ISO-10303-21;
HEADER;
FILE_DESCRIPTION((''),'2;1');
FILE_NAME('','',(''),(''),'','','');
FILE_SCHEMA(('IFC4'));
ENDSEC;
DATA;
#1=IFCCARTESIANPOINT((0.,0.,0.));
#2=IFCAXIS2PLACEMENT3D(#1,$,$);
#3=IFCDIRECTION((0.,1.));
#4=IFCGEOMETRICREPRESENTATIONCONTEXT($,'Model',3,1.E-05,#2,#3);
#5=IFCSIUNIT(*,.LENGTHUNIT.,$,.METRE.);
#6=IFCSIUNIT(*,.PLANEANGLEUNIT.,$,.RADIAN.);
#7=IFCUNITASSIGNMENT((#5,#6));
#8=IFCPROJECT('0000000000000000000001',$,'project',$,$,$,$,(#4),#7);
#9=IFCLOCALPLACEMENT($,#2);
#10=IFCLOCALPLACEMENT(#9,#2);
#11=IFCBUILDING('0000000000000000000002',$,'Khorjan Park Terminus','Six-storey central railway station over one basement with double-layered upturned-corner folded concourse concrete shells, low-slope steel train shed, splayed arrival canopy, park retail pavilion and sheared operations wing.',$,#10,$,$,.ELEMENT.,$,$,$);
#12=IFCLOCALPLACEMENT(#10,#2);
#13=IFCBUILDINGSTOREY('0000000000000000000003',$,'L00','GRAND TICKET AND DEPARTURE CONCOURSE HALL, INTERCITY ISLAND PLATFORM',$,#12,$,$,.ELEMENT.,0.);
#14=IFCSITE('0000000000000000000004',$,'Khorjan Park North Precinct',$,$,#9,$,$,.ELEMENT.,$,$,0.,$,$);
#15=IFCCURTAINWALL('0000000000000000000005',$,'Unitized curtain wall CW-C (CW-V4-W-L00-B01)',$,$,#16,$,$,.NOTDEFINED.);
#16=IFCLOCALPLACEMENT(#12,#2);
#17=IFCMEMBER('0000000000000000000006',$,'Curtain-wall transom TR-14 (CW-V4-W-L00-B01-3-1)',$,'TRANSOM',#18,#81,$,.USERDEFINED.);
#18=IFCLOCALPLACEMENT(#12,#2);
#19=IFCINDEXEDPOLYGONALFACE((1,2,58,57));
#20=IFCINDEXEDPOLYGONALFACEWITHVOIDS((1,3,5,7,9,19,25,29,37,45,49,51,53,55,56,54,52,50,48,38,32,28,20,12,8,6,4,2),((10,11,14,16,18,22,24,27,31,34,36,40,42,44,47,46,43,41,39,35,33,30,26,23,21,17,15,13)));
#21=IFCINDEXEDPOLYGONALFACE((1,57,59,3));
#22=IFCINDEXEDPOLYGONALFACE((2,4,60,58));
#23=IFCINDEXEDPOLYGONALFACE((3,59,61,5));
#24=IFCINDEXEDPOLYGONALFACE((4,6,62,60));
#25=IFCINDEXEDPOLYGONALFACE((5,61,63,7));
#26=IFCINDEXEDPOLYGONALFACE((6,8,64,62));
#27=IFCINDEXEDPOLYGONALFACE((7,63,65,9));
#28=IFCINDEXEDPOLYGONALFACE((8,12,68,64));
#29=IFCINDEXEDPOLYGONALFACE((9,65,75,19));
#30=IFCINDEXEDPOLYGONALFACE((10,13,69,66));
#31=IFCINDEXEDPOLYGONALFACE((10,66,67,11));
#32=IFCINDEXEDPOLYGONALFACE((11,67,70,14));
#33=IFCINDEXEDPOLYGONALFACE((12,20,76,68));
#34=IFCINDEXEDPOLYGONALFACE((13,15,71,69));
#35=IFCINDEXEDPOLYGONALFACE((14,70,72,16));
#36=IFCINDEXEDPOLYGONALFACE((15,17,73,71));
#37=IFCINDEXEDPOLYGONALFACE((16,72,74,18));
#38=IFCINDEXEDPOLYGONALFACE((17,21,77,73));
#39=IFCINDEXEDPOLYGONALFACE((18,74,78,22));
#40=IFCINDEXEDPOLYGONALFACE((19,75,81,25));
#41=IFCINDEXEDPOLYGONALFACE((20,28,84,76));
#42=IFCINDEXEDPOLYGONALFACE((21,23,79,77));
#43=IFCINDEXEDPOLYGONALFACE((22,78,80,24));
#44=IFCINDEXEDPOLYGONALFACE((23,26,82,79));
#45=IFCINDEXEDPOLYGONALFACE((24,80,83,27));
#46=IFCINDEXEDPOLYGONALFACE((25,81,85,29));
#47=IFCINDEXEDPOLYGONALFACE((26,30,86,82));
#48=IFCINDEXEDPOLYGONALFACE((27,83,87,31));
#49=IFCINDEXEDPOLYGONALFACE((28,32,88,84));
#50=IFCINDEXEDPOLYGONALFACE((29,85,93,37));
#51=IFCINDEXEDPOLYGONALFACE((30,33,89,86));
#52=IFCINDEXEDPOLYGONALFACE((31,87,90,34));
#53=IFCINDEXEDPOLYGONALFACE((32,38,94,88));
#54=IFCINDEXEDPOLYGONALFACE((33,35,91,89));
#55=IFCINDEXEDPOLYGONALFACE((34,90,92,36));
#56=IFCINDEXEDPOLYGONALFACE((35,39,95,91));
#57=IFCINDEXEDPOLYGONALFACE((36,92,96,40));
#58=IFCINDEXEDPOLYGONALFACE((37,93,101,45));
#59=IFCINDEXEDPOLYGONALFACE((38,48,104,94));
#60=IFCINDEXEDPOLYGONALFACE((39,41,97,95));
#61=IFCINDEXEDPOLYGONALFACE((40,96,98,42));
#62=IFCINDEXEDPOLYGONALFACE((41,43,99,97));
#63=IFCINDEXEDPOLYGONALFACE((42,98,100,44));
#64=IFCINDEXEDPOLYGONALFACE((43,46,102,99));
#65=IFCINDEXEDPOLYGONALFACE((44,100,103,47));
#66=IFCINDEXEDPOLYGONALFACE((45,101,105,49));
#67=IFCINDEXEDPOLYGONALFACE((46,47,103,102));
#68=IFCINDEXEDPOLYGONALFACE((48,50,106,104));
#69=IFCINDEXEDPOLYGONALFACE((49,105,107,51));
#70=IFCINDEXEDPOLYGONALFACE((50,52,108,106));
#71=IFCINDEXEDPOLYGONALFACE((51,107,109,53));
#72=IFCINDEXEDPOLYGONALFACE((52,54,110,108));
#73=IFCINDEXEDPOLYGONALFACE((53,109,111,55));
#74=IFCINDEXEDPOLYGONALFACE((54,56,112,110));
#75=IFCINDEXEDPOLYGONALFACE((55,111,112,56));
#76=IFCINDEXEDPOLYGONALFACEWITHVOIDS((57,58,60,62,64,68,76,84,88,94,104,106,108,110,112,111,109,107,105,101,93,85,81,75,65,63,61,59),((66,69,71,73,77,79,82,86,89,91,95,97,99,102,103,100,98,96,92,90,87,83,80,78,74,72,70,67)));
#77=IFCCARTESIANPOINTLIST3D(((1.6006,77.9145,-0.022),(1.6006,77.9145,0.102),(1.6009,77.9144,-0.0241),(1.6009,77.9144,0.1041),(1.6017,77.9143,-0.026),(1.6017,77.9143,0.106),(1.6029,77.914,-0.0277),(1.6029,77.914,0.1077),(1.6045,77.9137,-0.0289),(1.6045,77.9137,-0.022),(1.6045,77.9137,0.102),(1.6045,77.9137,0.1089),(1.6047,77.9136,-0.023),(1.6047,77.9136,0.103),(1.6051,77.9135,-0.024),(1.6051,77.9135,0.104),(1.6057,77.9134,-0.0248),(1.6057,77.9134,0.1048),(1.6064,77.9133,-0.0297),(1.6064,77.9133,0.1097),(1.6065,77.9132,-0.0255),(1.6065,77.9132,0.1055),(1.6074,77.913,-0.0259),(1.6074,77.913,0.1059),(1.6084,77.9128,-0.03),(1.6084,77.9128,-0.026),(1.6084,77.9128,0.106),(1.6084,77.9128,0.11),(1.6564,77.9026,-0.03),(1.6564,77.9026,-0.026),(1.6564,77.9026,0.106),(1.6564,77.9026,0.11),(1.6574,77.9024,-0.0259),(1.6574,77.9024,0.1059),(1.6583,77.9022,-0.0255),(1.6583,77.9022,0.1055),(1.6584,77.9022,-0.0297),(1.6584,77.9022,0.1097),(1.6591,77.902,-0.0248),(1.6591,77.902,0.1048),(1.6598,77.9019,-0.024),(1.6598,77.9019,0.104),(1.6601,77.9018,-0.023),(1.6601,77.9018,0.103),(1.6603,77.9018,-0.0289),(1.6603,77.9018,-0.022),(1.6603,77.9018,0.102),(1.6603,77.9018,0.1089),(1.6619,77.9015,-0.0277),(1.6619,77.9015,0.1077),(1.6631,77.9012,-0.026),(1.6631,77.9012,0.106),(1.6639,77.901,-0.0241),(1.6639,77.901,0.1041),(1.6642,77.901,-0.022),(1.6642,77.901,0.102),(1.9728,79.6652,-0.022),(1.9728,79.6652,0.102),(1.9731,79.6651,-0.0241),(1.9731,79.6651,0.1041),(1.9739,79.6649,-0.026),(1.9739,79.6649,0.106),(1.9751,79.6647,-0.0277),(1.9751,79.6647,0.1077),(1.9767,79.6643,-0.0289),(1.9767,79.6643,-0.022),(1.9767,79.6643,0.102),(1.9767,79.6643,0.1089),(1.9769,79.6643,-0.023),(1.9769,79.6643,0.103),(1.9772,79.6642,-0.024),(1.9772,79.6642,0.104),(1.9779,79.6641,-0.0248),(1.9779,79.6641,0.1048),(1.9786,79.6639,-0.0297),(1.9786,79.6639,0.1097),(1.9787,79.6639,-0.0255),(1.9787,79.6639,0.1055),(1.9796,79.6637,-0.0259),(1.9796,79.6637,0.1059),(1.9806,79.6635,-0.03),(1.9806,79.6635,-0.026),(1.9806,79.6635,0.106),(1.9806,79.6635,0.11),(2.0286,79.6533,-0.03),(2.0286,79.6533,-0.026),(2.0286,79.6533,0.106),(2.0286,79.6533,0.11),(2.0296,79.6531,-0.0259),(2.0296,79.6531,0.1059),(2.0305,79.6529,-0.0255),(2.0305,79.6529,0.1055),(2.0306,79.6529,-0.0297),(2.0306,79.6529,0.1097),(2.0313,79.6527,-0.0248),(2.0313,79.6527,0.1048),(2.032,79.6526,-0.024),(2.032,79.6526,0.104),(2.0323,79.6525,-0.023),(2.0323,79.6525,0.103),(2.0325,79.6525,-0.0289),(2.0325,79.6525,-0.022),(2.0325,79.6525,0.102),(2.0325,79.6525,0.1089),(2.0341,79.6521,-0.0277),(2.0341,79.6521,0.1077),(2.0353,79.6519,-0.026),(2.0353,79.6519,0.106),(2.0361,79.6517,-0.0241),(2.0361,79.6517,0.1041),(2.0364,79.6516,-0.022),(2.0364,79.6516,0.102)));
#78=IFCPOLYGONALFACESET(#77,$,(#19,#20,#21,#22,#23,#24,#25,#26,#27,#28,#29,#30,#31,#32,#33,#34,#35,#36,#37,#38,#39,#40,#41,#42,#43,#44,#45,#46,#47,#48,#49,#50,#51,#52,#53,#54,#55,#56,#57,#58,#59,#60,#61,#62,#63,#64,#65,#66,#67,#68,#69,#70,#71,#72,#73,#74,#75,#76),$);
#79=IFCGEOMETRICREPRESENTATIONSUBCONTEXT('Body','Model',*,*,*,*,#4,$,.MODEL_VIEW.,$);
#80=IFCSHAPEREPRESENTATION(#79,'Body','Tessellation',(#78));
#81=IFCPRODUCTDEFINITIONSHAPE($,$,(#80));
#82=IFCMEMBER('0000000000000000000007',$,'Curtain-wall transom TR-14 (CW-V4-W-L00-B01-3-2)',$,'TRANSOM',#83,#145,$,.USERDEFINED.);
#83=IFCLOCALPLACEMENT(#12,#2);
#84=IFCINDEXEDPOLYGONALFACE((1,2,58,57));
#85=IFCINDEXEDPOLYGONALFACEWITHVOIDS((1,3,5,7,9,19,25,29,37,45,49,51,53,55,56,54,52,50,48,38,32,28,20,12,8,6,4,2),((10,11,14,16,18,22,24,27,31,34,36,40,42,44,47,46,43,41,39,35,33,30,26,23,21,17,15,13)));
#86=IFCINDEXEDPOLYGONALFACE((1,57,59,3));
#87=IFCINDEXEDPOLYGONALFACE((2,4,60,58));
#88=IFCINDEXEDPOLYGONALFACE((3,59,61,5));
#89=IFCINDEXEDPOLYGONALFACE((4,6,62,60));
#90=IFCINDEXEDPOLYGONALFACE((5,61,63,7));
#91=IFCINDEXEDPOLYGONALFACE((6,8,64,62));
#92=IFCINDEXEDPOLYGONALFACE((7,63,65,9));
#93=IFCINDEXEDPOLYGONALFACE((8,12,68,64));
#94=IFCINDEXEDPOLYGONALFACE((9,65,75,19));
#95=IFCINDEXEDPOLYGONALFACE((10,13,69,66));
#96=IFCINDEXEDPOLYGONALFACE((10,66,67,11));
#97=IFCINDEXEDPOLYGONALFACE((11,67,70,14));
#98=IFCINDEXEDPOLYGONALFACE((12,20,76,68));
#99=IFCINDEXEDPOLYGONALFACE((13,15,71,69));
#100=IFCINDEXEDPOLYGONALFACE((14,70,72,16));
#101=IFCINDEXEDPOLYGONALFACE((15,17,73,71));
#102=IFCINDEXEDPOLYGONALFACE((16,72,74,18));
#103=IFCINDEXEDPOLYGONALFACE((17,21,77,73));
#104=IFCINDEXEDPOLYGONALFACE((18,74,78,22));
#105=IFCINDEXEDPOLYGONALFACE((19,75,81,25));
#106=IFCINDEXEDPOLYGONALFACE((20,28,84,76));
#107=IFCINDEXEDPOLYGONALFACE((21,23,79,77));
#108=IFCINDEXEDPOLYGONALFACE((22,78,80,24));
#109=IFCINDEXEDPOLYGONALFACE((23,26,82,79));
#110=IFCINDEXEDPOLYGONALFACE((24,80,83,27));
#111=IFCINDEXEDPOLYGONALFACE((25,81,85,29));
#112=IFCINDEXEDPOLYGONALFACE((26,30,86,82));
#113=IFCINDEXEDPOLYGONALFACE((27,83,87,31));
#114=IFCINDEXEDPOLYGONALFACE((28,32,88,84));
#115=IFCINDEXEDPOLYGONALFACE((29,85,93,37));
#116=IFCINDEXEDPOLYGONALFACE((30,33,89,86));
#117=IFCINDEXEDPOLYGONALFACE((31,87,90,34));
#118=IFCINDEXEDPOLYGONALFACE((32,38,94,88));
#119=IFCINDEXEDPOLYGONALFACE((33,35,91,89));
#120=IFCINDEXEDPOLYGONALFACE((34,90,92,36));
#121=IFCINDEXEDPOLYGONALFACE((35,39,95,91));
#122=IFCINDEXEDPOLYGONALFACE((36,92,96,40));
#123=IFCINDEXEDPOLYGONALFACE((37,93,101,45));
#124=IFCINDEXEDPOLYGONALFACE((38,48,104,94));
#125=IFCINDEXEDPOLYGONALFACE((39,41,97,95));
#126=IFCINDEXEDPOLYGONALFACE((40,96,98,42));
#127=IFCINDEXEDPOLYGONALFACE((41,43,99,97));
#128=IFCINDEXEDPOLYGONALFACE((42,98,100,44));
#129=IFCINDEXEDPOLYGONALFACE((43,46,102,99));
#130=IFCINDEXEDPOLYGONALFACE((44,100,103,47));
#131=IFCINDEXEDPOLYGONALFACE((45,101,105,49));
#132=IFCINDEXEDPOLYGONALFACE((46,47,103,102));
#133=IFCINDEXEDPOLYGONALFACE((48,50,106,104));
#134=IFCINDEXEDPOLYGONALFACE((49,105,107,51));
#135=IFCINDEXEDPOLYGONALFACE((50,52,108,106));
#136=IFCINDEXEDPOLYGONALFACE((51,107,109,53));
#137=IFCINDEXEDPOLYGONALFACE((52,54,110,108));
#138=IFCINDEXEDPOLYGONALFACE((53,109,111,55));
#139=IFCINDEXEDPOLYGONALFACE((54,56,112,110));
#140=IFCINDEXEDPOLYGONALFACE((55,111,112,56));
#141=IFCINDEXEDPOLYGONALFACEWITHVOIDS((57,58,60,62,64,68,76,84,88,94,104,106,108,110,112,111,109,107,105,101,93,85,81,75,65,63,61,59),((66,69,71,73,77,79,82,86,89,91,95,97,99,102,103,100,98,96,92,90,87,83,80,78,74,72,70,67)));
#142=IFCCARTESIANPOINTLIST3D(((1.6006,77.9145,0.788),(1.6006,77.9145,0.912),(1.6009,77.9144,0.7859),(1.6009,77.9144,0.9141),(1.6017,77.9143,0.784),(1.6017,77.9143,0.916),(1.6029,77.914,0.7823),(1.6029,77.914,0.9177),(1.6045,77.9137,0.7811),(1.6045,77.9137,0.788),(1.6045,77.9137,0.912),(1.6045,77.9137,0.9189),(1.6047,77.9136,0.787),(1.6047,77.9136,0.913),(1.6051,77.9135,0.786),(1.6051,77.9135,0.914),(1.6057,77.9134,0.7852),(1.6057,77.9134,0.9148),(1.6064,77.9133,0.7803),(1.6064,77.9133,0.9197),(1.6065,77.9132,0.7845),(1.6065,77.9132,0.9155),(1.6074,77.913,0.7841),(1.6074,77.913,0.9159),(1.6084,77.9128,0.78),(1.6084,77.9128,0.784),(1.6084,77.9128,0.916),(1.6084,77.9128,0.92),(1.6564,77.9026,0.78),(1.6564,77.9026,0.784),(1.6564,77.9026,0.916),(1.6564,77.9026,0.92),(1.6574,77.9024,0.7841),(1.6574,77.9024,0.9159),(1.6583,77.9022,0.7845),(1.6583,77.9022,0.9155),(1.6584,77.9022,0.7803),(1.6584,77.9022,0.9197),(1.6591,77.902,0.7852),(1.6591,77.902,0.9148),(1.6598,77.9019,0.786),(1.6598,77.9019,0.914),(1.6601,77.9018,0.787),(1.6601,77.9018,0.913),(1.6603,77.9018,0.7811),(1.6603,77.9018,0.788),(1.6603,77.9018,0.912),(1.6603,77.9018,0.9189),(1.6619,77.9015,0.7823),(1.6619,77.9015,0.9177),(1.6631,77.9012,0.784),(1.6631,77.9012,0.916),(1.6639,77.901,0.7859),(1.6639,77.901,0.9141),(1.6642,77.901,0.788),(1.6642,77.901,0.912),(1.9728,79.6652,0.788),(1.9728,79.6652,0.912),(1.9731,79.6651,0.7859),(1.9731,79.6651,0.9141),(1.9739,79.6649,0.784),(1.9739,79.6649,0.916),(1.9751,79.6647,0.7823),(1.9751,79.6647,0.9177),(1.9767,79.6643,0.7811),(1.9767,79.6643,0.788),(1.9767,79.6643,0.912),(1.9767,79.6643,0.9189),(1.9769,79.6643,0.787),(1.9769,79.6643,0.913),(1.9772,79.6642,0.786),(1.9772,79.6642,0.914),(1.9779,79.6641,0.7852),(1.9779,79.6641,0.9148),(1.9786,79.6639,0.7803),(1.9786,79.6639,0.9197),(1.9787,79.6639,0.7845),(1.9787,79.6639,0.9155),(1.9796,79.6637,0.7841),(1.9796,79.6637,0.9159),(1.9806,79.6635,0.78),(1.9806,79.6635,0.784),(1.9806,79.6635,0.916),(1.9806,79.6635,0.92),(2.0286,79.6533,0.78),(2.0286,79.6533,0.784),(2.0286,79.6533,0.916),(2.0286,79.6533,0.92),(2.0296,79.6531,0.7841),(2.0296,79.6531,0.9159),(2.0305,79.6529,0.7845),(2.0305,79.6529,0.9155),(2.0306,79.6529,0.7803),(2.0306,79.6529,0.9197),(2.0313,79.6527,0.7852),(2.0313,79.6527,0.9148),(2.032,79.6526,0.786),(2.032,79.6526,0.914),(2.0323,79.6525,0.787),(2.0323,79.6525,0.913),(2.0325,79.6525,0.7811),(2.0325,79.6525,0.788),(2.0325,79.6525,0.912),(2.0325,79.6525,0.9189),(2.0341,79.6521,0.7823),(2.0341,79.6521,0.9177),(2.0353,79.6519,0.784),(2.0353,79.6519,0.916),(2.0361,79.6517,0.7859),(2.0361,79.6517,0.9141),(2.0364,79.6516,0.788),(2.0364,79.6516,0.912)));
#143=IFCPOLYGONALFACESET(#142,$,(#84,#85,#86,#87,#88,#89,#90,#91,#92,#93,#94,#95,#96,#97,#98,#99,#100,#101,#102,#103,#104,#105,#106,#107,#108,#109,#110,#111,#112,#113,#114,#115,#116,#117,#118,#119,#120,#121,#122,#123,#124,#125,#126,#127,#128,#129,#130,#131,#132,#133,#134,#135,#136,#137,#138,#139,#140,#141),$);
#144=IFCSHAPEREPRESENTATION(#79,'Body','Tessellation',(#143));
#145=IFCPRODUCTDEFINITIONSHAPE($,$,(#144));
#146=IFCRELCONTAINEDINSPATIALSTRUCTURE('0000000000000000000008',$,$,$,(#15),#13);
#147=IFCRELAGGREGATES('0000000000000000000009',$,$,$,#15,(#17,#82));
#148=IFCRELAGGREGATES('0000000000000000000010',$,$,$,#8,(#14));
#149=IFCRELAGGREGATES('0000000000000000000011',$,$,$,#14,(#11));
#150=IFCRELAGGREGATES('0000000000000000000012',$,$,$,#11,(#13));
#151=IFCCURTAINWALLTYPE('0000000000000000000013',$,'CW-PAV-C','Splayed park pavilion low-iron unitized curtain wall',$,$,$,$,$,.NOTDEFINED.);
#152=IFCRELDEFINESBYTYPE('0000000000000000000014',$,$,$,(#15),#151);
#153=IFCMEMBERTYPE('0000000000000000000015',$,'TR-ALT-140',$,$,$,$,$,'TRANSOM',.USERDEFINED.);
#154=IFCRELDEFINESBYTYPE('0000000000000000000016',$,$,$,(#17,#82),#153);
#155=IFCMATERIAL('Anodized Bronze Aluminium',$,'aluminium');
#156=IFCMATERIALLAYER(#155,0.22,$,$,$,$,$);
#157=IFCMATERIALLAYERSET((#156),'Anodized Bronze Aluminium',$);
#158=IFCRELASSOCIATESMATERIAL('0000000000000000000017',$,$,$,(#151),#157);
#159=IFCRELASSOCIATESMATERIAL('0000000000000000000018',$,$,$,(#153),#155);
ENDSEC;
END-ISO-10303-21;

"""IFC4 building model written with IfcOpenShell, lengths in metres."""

from ifc_helpers import new_model, si_unit, direction, frame, origin, origin_2d, place, context, subcontext, project, spatial, hollow_rectangle, extrude, material, layer, layer_set, material_profile, profile_set, type_object, element, aggregate, save


model = new_model("IFC4")

# Units and contexts
model_context = context("Model", 3, precision=1e-05, world=origin(), true_north=direction((0.0, 1.0)))
body_context = subcontext(model_context, "Body", "Model", "MODEL_VIEW")
ifc_project = project(units=[si_unit("LENGTHUNIT", "METRE"), si_unit("PLANEANGLEUNIT", "RADIAN")], contexts=[model_context])

# Site, building, storey
site_placement = place(None, origin())
site = spatial("IfcSite", under=ifc_project, at=site_placement, Name="Khorjan Park North Precinct", CompositionType="ELEMENT", RefElevation=0.0)
building_placement = place(site_placement, origin())
building = spatial("IfcBuilding", under=site, at=building_placement, Name="Khorjan Park Terminus", Description="Six-storey central railway station over one basement with double-layered upturned-corner folded concourse concrete shells, low-slope steel train shed, splayed arrival canopy, park retail pavilion and sheared operations wing.", CompositionType="ELEMENT")
storey_placement = place(building_placement, origin())
storey = spatial("IfcBuildingStorey", under=building, at=storey_placement, Name="L00", Description="GRAND TICKET AND DEPARTURE CONCOURSE HALL, INTERCITY ISLAND PLATFORM", CompositionType="ELEMENT", Elevation=0.0)

# Curtain wall, members
ifc_material_1 = material(Name="Anodized Bronze Aluminium", Category="aluminium")
ifc_layer_1 = layer(ifc_material_1, 0.22)
ifc_layer_set_1 = layer_set([ifc_layer_1], Name="Anodized Bronze Aluminium")
curtain_wall_type = type_object("IfcCurtainWallType", Name="CW-PAV-C", Description="Splayed park pavilion low-iron unitized curtain wall", PredefinedType="NOTDEFINED", material=ifc_layer_set_1)
curtain_wall_placement = place(storey_placement, origin())
curtain_wall = element("IfcCurtainWall", 1, at=curtain_wall_placement, inside=storey, type_object=curtain_wall_type, Name="Unitized curtain wall CW-C (CW-V4-W-L00-B01)", PredefinedType="NOTDEFINED")
ifc_material_profile_1 = material_profile(ifc_material_1, hollow_rectangle(XDim=0.065, YDim=0.14, WallThickness=0.004, InnerFilletRadius=0.004, OuterFilletRadius=0.008, at=origin_2d()), Name="ALT 65x140x4")
ifc_profile_set_1 = profile_set([ifc_material_profile_1], Name="Anodized Bronze Aluminium")
member_type_1 = type_object("IfcMemberType", Name="TR-ALT-140", ElementType="TRANSOM", PredefinedType="USERDEFINED", material=ifc_profile_set_1)
member_1_placement = place(storey_placement, frame((2.0046, 79.6584, 0.04), z_axis=(-0.207953, -0.978139, 0.0), x_axis=(0.978139, -0.207953, 0.0)))
member_1 = element("IfcMember", 2, at=member_1_placement, type_object=member_type_1, Name="Curtain-wall transom TR-14 (CW-V4-W-L00-B01-3-1)", ObjectType="TRANSOM", PredefinedType="USERDEFINED", context=body_context, shape_type="SweptSolid", body=[
    extrude(hollow_rectangle(XDim=0.065, YDim=0.14, WallThickness=0.004, InnerFilletRadius=0.004, OuterFilletRadius=0.008, at=origin_2d()), origin(), (0.0, 0.0, 1.0), 1.7898),
])
member_2_placement = place(storey_placement, frame((2.0046, 79.6584, 0.85), z_axis=(-0.207953, -0.978139, 0.0), x_axis=(0.978139, -0.207953, 0.0)))
member_2 = element("IfcMember", 3, at=member_2_placement, type_object=member_type_1, Name="Curtain-wall transom TR-14 (CW-V4-W-L00-B01-3-2)", ObjectType="TRANSOM", PredefinedType="USERDEFINED", context=body_context, shape_type="SweptSolid", body=[
    extrude(hollow_rectangle(XDim=0.065, YDim=0.14, WallThickness=0.004, InnerFilletRadius=0.004, OuterFilletRadius=0.008, at=origin_2d()), origin(), (0.0, 0.0, 1.0), 1.7898),
])
aggregate(curtain_wall, [member_1, member_2])

save(model, "model.ifc")
